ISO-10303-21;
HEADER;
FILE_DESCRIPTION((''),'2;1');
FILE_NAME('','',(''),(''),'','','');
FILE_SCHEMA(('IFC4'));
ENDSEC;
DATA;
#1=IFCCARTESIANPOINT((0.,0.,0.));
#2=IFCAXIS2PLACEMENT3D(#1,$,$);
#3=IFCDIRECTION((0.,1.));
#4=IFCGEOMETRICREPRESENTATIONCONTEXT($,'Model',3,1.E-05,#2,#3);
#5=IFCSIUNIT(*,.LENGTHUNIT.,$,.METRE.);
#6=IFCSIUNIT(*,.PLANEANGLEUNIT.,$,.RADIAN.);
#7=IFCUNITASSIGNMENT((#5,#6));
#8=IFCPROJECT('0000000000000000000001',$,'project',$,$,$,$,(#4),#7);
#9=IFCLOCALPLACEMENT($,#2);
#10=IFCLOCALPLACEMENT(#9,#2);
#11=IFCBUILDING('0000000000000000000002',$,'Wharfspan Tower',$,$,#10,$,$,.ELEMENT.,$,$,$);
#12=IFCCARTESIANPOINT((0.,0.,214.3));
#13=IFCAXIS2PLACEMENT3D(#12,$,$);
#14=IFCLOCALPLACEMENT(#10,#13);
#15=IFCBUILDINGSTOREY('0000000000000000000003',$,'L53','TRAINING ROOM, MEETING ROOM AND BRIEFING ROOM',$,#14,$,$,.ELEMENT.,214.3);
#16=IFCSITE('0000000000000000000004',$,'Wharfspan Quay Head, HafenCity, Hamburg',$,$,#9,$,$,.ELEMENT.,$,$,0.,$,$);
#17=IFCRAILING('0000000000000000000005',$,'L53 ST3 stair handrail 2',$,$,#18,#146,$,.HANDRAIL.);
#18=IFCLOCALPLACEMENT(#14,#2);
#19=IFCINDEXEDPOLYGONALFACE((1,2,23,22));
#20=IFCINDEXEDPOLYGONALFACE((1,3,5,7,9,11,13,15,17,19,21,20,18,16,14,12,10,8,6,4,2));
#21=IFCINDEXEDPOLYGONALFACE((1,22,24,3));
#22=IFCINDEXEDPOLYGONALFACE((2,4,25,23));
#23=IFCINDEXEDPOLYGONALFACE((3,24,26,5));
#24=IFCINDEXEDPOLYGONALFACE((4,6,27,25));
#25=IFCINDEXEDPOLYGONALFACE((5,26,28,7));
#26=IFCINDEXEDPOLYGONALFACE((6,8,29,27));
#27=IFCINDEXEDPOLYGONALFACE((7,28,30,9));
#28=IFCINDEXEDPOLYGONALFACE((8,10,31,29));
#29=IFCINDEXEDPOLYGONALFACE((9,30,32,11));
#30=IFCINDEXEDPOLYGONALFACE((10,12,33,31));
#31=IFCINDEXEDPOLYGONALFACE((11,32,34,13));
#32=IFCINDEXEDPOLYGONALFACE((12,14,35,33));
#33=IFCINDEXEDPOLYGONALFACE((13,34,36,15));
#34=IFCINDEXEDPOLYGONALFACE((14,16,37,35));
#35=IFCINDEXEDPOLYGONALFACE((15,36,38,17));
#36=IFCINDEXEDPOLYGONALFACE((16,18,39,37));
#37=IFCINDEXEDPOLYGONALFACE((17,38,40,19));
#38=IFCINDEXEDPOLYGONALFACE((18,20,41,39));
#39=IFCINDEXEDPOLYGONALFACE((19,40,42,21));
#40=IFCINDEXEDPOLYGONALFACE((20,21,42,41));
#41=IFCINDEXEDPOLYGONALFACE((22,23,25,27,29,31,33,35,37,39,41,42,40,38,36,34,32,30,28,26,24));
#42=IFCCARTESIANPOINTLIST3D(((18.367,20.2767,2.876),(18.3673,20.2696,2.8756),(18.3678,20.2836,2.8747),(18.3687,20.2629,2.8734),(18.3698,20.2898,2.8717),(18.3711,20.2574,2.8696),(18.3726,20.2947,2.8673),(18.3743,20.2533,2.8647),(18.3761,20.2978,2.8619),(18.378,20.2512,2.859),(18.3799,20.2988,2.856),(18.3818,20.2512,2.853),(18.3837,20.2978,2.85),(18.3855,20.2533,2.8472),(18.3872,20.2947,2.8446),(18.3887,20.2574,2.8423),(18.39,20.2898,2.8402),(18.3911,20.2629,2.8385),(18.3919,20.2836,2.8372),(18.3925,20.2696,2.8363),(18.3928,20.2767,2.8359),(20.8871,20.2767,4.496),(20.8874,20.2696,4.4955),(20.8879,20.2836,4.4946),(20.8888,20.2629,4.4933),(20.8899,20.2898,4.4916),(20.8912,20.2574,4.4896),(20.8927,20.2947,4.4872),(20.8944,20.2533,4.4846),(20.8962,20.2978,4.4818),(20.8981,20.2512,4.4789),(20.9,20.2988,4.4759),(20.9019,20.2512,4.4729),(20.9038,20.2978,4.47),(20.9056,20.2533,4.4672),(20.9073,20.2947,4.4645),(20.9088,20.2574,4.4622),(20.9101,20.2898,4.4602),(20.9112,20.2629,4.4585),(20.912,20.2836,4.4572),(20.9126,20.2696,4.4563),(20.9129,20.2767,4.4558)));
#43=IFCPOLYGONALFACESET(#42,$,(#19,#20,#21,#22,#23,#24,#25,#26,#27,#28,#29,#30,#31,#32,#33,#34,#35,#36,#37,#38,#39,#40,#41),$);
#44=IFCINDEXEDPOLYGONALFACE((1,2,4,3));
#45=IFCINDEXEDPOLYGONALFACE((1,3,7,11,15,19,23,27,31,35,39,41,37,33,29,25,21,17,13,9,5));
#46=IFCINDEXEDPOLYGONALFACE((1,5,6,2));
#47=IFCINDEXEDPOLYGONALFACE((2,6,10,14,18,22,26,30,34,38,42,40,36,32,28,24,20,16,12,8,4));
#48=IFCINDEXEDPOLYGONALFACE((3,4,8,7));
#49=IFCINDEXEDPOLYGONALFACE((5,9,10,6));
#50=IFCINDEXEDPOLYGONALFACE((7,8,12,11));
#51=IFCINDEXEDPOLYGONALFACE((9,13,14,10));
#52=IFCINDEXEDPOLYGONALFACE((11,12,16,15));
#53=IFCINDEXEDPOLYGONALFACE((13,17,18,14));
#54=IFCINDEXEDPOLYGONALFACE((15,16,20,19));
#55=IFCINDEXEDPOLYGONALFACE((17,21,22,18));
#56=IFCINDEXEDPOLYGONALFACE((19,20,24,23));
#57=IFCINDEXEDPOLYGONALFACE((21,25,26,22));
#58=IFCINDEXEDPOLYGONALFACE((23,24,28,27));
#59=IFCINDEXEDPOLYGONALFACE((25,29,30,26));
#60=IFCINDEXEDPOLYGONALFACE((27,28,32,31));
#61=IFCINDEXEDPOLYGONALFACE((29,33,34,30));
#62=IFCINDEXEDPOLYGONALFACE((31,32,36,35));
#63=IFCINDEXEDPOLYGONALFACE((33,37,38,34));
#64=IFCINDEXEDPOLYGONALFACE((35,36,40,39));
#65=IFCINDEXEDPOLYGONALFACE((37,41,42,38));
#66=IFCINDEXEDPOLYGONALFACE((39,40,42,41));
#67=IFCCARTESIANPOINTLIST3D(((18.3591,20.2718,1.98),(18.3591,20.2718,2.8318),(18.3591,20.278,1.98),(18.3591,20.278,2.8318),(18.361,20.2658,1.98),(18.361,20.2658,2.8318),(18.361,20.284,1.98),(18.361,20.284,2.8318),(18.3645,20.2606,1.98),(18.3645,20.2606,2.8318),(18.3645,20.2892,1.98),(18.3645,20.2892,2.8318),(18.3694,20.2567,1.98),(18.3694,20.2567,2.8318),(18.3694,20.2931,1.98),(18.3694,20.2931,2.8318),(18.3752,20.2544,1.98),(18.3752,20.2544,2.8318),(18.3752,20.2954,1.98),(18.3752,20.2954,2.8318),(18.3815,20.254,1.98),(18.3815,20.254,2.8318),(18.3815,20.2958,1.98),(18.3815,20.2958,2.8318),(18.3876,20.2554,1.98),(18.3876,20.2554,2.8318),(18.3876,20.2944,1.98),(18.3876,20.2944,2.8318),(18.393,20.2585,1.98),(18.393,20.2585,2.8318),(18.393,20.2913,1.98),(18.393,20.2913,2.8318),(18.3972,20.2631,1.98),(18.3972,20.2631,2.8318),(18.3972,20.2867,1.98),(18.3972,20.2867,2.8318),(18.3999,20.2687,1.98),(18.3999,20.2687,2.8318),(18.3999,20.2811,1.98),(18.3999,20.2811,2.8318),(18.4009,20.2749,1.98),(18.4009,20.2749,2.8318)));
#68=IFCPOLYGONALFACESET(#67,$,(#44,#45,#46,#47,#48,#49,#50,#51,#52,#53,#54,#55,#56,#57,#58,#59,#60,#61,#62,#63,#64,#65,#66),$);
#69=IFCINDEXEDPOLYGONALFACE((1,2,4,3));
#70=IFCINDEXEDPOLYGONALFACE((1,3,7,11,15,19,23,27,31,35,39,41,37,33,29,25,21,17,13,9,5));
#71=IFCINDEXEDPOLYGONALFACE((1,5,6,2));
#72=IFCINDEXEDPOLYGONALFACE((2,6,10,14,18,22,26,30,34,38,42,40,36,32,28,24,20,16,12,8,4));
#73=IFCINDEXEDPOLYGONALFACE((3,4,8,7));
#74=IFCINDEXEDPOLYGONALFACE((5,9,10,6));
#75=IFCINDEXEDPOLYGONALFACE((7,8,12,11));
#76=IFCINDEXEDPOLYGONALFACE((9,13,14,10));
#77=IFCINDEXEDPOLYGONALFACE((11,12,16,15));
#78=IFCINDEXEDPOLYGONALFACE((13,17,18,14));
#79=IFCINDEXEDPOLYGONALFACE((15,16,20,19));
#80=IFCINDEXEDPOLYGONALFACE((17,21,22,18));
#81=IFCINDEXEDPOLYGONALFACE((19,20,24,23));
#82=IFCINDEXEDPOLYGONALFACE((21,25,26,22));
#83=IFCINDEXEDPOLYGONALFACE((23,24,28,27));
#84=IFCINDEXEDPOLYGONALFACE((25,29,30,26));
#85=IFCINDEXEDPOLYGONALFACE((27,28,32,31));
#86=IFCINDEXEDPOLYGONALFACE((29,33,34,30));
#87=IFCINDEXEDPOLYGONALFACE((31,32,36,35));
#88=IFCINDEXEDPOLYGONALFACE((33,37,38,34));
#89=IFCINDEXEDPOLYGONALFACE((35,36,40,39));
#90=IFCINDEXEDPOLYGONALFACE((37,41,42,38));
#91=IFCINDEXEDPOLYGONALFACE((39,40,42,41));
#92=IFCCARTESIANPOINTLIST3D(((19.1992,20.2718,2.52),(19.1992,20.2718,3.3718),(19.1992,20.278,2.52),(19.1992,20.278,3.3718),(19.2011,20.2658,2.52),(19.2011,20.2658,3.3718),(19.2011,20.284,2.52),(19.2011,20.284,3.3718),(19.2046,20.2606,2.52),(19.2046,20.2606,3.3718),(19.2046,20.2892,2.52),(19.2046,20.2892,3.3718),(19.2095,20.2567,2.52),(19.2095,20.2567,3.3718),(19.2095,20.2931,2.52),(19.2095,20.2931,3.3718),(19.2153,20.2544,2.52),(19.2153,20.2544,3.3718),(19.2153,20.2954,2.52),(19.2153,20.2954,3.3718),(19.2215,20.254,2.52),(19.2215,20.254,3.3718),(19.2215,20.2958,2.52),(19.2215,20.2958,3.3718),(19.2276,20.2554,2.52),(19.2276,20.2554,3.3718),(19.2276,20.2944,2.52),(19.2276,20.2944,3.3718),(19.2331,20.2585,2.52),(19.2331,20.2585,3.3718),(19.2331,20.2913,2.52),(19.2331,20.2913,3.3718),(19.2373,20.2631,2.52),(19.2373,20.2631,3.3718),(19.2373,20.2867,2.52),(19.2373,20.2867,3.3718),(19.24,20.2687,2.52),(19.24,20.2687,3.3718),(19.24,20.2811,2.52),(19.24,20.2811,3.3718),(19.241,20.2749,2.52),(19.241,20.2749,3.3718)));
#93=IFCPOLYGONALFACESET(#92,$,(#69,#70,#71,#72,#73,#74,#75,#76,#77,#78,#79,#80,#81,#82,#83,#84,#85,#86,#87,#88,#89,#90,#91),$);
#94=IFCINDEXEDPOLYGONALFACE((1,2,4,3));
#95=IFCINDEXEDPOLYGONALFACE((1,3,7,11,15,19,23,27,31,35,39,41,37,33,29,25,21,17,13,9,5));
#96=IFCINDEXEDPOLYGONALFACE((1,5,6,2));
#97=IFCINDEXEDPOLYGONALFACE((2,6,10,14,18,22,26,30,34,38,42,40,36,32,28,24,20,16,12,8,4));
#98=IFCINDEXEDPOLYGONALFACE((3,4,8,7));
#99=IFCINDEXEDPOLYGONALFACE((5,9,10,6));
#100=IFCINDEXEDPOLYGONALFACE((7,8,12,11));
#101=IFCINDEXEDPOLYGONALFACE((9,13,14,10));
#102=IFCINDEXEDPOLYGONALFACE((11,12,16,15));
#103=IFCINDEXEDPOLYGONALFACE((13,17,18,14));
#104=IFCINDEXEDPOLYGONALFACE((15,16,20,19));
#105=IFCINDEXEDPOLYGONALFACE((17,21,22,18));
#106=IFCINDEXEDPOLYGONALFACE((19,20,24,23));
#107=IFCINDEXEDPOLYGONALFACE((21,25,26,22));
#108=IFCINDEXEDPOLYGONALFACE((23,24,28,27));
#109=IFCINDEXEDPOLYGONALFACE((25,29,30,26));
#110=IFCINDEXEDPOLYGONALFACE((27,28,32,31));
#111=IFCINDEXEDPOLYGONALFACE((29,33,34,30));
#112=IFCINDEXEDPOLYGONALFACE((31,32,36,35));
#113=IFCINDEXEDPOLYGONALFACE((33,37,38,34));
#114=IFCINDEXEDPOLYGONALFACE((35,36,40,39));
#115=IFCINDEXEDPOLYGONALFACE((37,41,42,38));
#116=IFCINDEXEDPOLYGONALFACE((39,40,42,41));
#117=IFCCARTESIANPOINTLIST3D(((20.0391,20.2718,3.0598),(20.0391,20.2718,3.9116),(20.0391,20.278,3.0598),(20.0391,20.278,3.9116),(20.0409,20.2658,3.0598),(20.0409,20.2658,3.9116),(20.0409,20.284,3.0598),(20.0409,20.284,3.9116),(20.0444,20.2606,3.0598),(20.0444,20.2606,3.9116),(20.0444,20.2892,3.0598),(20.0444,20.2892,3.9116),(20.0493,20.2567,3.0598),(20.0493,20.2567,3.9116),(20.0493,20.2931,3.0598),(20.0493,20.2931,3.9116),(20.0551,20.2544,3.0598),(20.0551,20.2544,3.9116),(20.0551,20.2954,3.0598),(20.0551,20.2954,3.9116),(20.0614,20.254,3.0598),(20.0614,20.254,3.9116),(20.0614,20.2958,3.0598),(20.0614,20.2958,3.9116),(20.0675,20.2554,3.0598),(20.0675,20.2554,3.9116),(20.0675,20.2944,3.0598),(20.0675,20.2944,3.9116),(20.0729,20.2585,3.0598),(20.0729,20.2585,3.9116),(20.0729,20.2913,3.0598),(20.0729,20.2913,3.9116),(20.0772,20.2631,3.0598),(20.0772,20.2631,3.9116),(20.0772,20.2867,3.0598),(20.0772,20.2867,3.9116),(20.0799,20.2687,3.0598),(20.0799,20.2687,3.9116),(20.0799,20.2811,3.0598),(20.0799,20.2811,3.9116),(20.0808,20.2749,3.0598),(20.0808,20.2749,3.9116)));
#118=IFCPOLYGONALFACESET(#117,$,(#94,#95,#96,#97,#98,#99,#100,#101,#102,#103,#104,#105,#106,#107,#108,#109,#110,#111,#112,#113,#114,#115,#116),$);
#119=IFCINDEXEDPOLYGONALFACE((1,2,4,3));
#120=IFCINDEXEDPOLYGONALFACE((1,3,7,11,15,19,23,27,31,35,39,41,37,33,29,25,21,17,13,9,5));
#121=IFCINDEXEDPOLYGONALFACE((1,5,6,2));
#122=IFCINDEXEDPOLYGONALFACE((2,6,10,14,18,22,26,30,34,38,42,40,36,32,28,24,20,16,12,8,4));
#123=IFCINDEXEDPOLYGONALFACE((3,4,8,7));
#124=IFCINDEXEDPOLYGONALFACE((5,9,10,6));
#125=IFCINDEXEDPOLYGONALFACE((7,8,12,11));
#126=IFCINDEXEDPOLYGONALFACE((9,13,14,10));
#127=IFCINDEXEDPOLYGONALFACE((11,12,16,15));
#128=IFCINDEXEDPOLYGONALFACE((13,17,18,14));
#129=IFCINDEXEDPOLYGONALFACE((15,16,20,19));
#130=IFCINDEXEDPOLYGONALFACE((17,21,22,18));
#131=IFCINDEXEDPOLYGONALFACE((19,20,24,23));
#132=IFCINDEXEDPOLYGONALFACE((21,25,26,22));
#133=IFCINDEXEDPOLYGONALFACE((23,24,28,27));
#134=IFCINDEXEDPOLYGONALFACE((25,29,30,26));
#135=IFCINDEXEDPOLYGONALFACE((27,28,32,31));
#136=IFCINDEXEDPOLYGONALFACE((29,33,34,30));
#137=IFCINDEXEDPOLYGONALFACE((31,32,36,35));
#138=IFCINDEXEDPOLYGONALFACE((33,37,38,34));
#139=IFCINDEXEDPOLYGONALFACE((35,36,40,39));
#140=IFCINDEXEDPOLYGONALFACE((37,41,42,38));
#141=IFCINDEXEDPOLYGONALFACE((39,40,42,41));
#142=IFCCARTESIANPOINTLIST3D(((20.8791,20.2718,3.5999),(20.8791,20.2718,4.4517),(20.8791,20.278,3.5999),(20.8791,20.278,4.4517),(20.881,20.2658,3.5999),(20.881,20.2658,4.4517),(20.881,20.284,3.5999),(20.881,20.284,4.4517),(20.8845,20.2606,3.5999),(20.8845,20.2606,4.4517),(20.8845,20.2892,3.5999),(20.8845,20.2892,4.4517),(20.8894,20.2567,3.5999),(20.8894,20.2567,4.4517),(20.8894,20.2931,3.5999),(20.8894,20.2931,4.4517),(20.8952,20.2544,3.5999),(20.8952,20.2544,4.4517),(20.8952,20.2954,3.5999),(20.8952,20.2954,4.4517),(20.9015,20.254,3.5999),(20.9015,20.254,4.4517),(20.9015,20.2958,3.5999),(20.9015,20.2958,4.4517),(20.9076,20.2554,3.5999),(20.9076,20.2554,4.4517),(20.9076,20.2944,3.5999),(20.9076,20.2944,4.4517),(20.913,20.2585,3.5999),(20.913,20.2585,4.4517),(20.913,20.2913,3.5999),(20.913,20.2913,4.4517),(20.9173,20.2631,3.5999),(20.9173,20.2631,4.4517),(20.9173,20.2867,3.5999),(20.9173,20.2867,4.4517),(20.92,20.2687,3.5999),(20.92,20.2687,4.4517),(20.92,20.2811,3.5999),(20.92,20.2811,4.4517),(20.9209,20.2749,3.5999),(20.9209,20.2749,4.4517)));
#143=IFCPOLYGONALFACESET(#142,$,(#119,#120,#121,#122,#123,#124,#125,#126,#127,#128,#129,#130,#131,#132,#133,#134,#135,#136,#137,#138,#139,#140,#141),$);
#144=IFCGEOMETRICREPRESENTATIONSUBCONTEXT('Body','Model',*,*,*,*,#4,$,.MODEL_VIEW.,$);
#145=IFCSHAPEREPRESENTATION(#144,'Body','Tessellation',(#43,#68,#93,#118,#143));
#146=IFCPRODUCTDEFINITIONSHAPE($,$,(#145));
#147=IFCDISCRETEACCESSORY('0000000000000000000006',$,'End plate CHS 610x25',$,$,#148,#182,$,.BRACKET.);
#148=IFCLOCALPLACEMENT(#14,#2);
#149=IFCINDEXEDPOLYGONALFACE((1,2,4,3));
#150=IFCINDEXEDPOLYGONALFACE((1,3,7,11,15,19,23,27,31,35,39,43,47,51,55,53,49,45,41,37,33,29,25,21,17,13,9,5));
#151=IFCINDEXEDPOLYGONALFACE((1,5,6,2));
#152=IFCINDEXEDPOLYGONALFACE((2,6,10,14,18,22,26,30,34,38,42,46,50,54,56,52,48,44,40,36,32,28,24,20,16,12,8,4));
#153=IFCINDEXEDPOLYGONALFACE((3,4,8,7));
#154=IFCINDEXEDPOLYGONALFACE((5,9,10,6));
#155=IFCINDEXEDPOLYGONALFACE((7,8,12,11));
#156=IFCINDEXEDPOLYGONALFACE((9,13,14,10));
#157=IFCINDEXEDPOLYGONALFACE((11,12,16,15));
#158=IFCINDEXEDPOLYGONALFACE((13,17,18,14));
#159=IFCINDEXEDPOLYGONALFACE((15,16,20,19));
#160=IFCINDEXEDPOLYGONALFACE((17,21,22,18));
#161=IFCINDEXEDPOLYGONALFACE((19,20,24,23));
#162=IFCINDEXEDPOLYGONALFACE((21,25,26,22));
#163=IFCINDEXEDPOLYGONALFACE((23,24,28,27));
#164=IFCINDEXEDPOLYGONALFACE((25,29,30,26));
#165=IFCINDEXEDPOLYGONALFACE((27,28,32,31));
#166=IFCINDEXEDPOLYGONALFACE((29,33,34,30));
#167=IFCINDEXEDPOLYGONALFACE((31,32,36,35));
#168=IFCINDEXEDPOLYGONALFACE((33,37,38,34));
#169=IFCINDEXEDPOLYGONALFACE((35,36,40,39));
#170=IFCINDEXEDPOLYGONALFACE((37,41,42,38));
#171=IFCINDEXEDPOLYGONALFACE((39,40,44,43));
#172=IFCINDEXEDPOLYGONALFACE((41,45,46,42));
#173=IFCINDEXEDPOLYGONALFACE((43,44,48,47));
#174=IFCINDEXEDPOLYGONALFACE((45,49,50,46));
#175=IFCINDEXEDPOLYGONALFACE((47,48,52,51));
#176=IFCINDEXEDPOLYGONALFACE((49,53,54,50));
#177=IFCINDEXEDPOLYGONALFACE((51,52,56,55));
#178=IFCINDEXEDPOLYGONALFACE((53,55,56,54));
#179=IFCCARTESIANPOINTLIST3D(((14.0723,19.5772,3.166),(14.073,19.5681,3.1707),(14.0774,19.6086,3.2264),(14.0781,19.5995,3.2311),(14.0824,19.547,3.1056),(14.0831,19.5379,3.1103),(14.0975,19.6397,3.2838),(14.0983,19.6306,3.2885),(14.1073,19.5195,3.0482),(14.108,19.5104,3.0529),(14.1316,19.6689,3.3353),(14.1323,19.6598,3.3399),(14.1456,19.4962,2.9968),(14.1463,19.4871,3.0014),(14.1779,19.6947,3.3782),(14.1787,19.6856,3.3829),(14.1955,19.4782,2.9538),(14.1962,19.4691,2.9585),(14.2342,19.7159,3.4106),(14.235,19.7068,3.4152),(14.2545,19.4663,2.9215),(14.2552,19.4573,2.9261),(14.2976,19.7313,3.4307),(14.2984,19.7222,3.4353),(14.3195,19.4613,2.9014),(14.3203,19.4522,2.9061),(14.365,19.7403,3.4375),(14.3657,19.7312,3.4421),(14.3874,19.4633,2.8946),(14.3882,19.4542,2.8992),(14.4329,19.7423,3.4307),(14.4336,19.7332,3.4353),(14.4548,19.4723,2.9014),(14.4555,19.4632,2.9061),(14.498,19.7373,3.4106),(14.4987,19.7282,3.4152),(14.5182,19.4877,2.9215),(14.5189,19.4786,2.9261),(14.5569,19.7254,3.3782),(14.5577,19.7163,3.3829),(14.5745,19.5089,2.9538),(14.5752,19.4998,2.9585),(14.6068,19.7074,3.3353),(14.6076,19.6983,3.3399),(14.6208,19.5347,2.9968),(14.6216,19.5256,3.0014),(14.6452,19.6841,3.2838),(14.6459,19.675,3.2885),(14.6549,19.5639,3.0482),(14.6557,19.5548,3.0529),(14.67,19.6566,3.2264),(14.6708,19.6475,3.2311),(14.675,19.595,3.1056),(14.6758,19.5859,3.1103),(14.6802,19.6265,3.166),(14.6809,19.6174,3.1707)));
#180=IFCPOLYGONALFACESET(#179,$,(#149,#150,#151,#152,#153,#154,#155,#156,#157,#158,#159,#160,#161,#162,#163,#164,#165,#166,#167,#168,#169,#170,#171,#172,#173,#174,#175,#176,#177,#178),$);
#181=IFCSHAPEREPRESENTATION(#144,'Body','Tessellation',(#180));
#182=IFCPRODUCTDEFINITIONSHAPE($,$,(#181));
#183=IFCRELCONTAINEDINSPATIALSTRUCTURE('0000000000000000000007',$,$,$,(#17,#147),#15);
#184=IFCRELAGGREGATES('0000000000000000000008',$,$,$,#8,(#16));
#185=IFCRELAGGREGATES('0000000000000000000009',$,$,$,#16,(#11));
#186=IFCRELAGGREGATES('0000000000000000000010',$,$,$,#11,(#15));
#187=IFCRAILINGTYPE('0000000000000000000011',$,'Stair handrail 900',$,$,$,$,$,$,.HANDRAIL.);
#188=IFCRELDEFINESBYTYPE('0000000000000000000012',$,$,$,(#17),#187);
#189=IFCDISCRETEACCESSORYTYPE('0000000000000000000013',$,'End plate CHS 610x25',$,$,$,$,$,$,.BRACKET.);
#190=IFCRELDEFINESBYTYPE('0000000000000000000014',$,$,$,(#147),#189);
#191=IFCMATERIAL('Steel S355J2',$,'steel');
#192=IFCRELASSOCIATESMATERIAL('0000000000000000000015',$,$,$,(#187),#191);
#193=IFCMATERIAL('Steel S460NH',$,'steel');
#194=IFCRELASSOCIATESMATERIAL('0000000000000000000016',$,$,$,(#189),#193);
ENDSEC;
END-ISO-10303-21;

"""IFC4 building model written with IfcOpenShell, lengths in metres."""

from ifc_helpers import new_model, si_unit, direction, frame, origin, origin_2d, place, context, subcontext, project, spatial, circle, extrude, material, material_profile, profile_set, type_object, element, save


model = new_model("IFC4")

# Units and contexts
model_context = context("Model", 3, precision=1e-05, world=origin(), true_north=direction((0.0, 1.0)))
body_context = subcontext(model_context, "Body", "Model", "MODEL_VIEW")
ifc_project = project(units=[si_unit("LENGTHUNIT", "METRE"), si_unit("PLANEANGLEUNIT", "RADIAN")], contexts=[model_context])

# Site, building, storey
site_placement = place(None, origin())
site = spatial("IfcSite", under=ifc_project, at=site_placement, Name="Wharfspan Quay Head, HafenCity, Hamburg", CompositionType="ELEMENT", RefElevation=0.0)
building_placement = place(site_placement, origin())
building = spatial("IfcBuilding", under=site, at=building_placement, Name="Wharfspan Tower", CompositionType="ELEMENT")
storey_placement = place(building_placement, frame((0.0, 0.0, 214.3)))
storey = spatial("IfcBuildingStorey", under=building, at=storey_placement, Name="L53", Description="TRAINING ROOM, MEETING ROOM AND BRIEFING ROOM", CompositionType="ELEMENT", Elevation=214.3)

# Shared definitions
ifc_material_1 = material(Name="Steel S355J2", Category="steel")

# Shared definitions
ifc_material_2 = material(Name="Steel S460NH", Category="steel")

# Railing
railing_type = type_object("IfcRailingType", Name="Stair handrail 900", PredefinedType="HANDRAIL", material=ifc_material_1)
railing_placement = place(storey_placement, frame((18.3799, 20.2749, 1.98)))
element("IfcRailing", 1, at=railing_placement, inside=storey, type_object=railing_type, Name="L53 ST3 stair handrail 2", PredefinedType="HANDRAIL", context=body_context, shape_type="SweptSolid", body=[
    extrude(circle(Radius=0.0239, at=origin_2d()), frame((0.0, 0.0, 0.876), z_axis=(0.8412, 0.0, 0.540725), x_axis=(0.0, 1.0, 0.0)), (0.0, 0.0, 1.0), 2.9958),
    extrude(circle(Radius=0.021, at=origin_2d()), origin(), (0.0, 0.0, 1.0), 0.8518),
    extrude(circle(Radius=0.021, at=origin_2d()), frame((0.8401, 0.0, 0.54)), (0.0, 0.0, 1.0), 0.8518),
    extrude(circle(Radius=0.021, at=origin_2d()), frame((1.6799, 0.0, 1.0798)), (0.0, 0.0, 1.0), 0.8518),
    extrude(circle(Radius=0.021, at=origin_2d()), frame((2.52, 0.0, 1.6199)), (0.0, 0.0, 1.0), 0.8518),
])

# Discrete accessory
ifc_material_profile_1 = material_profile(ifc_material_2, circle(Radius=0.3049, at=origin_2d()))
ifc_profile_set_1 = profile_set([ifc_material_profile_1], Name="Steel S460NH")
discrete_accessory_type = type_object("IfcDiscreteAccessoryType", Name="End plate CHS 610x25", PredefinedType="BRACKET", material=ifc_profile_set_1)
discrete_accessory_1_placement = place(storey_placement, frame((14.3762, 19.6018, 3.166), z_axis=(0.07194, -0.887262, 0.455621), x_axis=(0.996733, 0.080816, 0.0)))
element("IfcDiscreteAccessory", 2, at=discrete_accessory_1_placement, inside=storey, type_object=discrete_accessory_type, Name="End plate CHS 610x25", PredefinedType="BRACKET", context=body_context, shape_type="SweptSolid", body=[
    extrude(circle(Radius=0.3049, at=origin_2d()), origin(), (0.0, 0.0, 1.0), 0.0103),
])

save(model, "model.ifc")
